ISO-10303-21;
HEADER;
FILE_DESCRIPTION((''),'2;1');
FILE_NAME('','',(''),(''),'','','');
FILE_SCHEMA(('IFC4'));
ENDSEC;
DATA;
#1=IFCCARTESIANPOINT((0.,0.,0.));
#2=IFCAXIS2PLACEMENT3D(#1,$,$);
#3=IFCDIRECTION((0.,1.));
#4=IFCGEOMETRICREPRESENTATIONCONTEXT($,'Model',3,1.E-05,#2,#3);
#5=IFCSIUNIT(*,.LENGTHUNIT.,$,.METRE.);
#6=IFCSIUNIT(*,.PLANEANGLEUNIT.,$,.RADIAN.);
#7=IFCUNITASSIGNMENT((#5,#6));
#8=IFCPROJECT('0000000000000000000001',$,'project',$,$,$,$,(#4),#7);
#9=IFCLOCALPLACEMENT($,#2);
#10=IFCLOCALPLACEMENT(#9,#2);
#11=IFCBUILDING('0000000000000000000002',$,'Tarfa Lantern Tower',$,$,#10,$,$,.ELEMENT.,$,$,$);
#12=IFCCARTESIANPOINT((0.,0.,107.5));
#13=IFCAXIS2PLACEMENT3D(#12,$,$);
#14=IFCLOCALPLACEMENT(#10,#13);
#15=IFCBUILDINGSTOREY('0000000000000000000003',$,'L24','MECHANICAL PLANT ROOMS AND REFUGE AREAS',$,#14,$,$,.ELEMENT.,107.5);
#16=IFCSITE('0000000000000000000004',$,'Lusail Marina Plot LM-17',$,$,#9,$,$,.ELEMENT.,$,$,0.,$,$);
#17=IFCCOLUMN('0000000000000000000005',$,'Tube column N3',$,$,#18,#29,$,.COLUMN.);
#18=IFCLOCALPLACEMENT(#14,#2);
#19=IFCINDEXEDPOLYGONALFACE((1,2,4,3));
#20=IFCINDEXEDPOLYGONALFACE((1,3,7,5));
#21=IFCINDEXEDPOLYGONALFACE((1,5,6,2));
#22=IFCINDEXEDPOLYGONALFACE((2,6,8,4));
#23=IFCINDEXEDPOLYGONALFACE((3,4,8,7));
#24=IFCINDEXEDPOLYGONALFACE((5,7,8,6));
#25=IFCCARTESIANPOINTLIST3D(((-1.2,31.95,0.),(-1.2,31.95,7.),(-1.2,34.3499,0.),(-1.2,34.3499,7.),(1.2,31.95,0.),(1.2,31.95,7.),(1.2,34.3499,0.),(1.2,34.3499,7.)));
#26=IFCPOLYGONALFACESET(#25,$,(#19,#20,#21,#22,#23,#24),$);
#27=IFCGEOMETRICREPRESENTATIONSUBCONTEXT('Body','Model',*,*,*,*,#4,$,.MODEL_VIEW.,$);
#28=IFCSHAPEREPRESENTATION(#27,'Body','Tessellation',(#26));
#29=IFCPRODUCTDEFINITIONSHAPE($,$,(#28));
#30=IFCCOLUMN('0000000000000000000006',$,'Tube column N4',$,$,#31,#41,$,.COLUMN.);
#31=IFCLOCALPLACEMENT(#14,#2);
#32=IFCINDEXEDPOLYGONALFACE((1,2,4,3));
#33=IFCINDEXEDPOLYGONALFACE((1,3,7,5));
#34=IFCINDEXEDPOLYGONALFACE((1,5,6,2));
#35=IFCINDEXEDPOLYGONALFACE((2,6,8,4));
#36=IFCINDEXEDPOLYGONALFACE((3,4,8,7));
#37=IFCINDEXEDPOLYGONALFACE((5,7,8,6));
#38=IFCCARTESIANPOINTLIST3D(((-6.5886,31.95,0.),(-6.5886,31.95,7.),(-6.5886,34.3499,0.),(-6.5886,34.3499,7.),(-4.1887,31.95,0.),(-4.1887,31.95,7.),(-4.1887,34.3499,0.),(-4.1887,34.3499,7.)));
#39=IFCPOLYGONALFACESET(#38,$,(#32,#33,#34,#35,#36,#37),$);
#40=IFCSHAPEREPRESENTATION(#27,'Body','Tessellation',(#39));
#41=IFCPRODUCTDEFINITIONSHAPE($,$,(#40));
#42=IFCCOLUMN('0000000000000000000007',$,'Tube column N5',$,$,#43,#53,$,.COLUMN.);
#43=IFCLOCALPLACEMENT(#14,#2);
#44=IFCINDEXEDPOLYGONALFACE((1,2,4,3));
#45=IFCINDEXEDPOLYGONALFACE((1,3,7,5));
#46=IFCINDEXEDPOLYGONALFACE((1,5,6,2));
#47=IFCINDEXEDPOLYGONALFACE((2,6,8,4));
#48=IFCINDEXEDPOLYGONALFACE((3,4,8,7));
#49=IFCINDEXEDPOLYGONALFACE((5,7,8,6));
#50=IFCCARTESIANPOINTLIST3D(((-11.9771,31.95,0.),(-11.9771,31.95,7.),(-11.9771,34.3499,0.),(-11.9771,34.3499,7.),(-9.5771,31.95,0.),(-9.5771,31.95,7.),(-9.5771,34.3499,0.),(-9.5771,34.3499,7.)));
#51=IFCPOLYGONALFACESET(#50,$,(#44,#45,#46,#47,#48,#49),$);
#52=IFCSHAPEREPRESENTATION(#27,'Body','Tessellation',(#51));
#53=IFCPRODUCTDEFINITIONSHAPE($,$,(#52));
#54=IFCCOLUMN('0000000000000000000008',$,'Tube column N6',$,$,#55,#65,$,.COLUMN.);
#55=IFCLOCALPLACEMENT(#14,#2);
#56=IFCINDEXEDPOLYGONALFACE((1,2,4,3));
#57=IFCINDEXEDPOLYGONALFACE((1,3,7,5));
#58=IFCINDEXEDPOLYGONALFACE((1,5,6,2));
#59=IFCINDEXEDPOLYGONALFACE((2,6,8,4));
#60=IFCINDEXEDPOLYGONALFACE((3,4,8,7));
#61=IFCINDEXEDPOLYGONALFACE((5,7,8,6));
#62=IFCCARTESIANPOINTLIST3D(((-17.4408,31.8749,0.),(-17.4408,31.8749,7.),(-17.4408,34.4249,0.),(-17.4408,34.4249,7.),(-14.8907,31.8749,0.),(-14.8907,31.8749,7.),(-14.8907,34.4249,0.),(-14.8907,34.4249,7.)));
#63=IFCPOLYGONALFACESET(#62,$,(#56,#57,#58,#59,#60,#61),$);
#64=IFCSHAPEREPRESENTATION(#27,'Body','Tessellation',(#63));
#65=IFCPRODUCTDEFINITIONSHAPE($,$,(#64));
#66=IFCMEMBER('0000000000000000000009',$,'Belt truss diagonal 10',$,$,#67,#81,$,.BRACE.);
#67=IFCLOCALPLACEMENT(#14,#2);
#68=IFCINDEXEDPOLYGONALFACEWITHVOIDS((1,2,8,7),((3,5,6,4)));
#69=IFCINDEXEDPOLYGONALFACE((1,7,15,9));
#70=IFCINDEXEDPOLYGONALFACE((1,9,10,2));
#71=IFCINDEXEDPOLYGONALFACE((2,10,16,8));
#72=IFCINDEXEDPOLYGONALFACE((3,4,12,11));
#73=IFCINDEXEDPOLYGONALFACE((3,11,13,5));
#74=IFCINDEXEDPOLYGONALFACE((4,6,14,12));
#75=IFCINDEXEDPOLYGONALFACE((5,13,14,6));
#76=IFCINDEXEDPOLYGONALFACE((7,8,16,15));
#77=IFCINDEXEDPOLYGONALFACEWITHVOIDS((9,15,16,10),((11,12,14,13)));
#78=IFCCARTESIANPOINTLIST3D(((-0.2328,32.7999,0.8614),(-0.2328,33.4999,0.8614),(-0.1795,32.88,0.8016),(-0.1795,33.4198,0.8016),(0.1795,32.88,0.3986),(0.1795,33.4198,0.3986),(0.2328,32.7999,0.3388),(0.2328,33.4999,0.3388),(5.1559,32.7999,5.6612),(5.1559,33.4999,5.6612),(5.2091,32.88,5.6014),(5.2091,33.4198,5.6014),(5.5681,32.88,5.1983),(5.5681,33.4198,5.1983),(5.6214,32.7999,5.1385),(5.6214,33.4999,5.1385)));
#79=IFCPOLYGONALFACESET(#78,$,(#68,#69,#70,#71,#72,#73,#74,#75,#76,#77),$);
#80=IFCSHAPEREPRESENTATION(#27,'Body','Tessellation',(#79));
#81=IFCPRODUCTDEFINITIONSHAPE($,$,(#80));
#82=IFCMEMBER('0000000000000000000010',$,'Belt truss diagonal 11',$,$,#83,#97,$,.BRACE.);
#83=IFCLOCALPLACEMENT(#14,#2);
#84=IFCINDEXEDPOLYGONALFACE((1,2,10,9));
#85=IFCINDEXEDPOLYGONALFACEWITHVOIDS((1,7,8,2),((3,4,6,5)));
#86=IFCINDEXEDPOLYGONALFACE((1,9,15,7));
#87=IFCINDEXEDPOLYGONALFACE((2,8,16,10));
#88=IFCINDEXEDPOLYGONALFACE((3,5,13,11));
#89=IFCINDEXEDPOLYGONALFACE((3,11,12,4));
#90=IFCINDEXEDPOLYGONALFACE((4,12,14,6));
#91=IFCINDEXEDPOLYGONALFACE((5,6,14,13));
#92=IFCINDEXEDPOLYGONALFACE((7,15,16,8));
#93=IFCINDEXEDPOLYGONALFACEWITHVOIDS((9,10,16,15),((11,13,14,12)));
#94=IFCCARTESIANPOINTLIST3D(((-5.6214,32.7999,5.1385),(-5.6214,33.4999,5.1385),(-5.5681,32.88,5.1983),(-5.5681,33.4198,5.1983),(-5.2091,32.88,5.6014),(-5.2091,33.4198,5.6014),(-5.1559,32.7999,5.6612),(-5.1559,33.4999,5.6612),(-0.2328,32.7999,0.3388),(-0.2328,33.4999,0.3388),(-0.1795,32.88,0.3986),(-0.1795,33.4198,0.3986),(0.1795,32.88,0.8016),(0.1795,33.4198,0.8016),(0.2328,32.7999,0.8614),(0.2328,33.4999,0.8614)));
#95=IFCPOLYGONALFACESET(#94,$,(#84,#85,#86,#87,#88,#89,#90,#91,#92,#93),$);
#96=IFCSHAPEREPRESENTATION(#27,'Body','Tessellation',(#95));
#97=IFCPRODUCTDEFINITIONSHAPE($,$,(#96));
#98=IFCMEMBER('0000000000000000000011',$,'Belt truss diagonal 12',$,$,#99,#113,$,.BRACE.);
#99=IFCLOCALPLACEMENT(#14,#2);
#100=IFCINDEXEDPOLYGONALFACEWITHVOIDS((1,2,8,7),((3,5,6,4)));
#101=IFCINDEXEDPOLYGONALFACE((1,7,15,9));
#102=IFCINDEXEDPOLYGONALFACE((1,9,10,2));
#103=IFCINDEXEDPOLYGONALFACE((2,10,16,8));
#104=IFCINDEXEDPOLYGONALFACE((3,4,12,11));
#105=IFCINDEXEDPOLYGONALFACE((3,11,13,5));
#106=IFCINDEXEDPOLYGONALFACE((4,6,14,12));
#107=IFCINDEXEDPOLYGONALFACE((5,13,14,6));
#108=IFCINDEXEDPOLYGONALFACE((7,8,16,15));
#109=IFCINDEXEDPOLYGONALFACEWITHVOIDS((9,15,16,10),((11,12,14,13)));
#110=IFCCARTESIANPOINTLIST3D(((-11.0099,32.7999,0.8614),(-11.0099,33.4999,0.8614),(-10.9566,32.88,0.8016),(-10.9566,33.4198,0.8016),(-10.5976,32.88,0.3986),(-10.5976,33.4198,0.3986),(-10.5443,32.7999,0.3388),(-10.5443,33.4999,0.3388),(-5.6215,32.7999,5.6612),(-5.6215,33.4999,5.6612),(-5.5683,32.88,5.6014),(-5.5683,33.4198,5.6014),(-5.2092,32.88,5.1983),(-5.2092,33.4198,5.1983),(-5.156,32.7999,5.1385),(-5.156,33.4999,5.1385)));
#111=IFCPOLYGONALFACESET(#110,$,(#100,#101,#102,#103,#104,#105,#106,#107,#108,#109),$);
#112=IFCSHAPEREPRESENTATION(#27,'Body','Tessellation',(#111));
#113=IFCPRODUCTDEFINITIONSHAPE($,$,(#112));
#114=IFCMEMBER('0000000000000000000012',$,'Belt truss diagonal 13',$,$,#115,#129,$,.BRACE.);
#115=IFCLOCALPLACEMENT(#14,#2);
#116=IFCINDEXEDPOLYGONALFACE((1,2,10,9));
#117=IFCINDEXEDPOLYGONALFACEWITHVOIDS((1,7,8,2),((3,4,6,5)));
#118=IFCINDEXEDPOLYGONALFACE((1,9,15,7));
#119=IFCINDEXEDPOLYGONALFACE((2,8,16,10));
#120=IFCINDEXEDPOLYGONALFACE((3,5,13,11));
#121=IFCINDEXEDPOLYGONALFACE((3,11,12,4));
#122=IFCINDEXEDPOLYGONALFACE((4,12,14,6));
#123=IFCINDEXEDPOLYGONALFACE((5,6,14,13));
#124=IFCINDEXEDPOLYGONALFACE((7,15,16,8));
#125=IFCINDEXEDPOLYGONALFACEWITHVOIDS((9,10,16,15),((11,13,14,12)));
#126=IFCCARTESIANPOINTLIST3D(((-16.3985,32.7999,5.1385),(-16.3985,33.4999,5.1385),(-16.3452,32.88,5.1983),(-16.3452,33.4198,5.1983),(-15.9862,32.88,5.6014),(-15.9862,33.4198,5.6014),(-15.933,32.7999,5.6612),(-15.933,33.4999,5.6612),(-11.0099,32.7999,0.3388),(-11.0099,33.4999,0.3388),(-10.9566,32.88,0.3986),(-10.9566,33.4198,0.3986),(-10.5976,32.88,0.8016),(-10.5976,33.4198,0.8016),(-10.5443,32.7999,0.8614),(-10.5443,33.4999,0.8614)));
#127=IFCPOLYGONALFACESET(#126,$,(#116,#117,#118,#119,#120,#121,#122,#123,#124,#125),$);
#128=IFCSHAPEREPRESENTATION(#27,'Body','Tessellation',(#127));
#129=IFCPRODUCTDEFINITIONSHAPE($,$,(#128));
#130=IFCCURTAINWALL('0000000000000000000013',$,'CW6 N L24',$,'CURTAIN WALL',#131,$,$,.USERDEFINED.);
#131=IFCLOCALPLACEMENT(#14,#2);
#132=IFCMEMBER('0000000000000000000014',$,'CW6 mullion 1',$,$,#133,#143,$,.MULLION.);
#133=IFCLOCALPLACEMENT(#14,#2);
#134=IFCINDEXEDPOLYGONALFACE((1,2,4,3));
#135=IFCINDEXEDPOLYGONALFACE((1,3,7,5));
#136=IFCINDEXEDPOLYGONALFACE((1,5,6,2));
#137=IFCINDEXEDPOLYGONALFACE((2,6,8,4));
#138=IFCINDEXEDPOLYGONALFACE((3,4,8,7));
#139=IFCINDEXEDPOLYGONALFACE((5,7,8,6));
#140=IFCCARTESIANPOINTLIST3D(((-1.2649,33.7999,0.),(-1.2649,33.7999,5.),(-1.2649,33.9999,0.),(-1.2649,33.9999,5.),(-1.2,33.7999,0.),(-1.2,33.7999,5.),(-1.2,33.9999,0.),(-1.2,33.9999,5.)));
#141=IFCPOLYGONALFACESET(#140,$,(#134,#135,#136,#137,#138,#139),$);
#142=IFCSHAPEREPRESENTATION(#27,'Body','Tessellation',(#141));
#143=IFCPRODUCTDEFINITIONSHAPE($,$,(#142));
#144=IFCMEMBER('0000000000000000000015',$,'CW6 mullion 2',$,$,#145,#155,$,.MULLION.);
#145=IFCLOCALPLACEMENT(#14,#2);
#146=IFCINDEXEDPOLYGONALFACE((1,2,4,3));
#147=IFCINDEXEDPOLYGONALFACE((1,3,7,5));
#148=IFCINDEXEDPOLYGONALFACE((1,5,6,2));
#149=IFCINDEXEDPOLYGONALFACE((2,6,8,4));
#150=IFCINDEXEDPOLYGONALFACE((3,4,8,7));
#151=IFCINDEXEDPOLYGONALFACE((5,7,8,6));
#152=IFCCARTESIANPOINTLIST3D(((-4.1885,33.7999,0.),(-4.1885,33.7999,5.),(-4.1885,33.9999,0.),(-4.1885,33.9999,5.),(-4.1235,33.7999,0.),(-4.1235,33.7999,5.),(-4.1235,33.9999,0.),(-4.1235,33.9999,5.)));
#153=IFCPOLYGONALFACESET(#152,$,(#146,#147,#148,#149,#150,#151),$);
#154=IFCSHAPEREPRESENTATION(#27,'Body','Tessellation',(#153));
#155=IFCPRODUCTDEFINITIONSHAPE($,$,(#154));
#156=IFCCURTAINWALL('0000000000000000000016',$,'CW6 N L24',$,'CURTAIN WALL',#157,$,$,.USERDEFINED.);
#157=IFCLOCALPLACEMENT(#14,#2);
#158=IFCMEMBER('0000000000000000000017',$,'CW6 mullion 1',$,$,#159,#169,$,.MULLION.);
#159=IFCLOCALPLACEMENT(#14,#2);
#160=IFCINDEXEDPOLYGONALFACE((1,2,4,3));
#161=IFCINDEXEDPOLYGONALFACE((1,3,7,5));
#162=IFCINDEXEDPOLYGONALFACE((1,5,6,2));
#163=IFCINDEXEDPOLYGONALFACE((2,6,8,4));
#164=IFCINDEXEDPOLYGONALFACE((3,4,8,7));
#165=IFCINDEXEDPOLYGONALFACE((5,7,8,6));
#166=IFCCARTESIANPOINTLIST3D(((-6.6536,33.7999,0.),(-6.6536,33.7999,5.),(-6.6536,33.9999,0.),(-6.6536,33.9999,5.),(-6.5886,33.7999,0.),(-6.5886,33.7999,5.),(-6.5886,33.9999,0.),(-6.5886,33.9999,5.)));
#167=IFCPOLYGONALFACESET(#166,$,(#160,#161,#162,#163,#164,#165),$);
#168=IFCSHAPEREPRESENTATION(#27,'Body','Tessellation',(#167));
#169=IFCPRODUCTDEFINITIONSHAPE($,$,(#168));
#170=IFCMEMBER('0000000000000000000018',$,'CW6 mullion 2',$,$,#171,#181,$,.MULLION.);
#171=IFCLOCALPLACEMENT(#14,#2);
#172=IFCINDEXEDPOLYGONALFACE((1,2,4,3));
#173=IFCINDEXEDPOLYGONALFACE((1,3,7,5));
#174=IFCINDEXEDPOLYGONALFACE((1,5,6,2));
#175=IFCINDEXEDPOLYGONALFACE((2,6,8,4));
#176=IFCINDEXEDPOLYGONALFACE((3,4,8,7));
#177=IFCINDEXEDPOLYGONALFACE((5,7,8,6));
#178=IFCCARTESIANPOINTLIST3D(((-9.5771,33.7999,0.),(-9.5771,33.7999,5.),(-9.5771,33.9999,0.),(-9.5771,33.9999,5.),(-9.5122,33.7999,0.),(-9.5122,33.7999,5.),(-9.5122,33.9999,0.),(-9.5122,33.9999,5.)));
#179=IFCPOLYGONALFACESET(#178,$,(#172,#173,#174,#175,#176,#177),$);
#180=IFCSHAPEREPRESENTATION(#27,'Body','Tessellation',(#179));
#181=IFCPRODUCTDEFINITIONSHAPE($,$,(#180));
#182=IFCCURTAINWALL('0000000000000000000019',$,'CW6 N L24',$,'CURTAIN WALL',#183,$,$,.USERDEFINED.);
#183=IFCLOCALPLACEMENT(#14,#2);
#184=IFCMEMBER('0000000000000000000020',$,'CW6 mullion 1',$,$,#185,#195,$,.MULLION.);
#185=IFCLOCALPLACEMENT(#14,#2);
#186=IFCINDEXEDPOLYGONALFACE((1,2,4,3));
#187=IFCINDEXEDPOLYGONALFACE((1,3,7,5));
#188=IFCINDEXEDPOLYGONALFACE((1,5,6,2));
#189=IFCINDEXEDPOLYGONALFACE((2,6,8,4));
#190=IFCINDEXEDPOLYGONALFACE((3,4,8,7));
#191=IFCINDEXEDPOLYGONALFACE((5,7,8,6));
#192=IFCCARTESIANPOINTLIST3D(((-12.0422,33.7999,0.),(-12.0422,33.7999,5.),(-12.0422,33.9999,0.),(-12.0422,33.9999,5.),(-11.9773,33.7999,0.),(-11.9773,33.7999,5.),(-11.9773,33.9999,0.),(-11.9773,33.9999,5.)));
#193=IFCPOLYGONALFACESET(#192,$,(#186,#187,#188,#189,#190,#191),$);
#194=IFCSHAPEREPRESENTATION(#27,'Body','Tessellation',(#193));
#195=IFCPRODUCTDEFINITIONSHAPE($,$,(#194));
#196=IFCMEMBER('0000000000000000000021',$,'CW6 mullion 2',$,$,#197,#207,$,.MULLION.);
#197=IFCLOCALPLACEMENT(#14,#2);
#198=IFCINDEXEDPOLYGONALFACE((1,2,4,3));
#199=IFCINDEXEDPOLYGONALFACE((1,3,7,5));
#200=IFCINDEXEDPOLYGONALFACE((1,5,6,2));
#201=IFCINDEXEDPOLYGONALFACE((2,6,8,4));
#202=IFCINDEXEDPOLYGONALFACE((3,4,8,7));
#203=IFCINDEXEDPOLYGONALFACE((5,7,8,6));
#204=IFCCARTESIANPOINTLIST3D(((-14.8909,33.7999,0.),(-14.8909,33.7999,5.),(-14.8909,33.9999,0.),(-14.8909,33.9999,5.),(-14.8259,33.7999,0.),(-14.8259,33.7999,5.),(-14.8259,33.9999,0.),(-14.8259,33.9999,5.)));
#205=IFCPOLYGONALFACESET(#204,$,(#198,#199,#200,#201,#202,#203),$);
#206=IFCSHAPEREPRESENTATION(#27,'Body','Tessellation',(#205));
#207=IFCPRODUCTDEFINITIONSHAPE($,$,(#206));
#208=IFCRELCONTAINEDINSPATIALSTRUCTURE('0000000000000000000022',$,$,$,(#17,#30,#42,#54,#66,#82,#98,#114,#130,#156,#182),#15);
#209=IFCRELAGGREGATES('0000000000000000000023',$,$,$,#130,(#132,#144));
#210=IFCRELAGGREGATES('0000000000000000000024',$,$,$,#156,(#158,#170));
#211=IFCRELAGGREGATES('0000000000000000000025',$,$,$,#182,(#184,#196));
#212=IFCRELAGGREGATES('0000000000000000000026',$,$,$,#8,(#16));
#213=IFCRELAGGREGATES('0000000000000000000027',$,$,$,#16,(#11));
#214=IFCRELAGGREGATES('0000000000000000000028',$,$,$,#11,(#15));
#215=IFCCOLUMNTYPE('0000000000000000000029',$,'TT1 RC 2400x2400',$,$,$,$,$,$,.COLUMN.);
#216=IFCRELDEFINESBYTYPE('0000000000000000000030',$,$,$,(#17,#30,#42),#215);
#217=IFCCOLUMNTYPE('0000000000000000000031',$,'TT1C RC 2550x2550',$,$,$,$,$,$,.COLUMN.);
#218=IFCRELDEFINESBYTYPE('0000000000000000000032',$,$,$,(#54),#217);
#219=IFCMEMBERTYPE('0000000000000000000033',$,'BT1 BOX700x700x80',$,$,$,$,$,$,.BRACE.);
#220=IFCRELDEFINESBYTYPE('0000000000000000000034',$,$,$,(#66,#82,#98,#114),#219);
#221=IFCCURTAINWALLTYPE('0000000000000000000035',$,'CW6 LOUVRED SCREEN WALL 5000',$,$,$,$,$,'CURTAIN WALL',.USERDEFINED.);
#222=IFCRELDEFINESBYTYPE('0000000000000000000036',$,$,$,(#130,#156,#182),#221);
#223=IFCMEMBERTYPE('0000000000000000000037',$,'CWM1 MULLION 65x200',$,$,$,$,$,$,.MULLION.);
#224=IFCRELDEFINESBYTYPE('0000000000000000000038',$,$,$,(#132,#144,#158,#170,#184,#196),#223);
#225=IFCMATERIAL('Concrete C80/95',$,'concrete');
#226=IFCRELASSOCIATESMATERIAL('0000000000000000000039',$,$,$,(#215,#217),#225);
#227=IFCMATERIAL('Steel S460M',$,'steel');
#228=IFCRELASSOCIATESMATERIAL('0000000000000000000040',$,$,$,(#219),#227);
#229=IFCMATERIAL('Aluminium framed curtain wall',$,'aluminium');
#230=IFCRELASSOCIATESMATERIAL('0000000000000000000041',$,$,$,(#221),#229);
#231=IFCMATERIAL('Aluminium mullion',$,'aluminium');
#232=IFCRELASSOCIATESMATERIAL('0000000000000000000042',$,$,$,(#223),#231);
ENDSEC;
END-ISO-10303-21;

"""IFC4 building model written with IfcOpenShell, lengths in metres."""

from ifc_helpers import new_model, si_unit, direction, frame, origin, origin_2d, place, context, subcontext, project, spatial, rectangle, hollow_rectangle, extrude, material, material_profile, profile_set, type_object, element, aggregate, save


model = new_model("IFC4")

# Units and contexts
model_context = context("Model", 3, precision=1e-05, world=origin(), true_north=direction((0.0, 1.0)))
body_context = subcontext(model_context, "Body", "Model", "MODEL_VIEW")
ifc_project = project(units=[si_unit("LENGTHUNIT", "METRE"), si_unit("PLANEANGLEUNIT", "RADIAN")], contexts=[model_context])

# Site, building, storey
site_placement = place(None, origin())
site = spatial("IfcSite", under=ifc_project, at=site_placement, Name="Lusail Marina Plot LM-17", CompositionType="ELEMENT", RefElevation=0.0)
building_placement = place(site_placement, origin())
building = spatial("IfcBuilding", under=site, at=building_placement, Name="Tarfa Lantern Tower", CompositionType="ELEMENT")
storey_placement = place(building_placement, frame((0.0, 0.0, 107.5)))
storey = spatial("IfcBuildingStorey", under=building, at=storey_placement, Name="L24", Description="MECHANICAL PLANT ROOMS AND REFUGE AREAS", CompositionType="ELEMENT", Elevation=107.5)

# Columns
ifc_material_1 = material(Name="Concrete C80/95", Category="concrete")
ifc_material_profile_1 = material_profile(ifc_material_1, rectangle(XDim=2.3999, YDim=2.3999, at=origin_2d()), Name="RC 2400x2400")
ifc_profile_set_1 = profile_set([ifc_material_profile_1], Name="Concrete C80/95")
column_type_1 = type_object("IfcColumnType", Name="TT1 RC 2400x2400", PredefinedType="COLUMN", material=ifc_profile_set_1)
for number, where, z_axis, x_axis, name in (
    (1, (0.0, 33.1499, 0.0), (0.0, 0.0, 1.0), (-1.0, 0.0, 0.0), "Tube column N3"),
    (2, (-5.3887, 33.1499, 0.0), (0.0, 0.0, 1.0), (-1.0, 0.0, 0.0), "Tube column N4"),
    (3, (-10.7771, 33.1499, 0.0), (0.0, 0.0, 1.0), (-1.0, 0.0, 0.0), "Tube column N5"),
):
    element("IfcColumn", number, at=place(storey_placement, frame(where, z_axis=z_axis, x_axis=x_axis)), inside=storey, type_object=column_type_1, Name=name, PredefinedType="COLUMN", context=body_context, shape_type="SweptSolid", body=[
        extrude(rectangle(XDim=2.3999, YDim=2.3999, at=origin_2d()), origin(), (0.0, 0.0, 1.0), 7.0),
    ])
ifc_material_profile_2 = material_profile(ifc_material_1, rectangle(XDim=2.55, YDim=2.55, at=origin_2d()), Name="RC 2550x2550")
ifc_profile_set_2 = profile_set([ifc_material_profile_2], Name="Concrete C80/95")
column_type_2 = type_object("IfcColumnType", Name="TT1C RC 2550x2550", PredefinedType="COLUMN", material=ifc_profile_set_2)
column_placement = place(storey_placement, frame((-16.1658, 33.1499, 0.0), z_axis=(0.0, 0.0, 1.0), x_axis=(-1.0, 0.0, 0.0)))
element("IfcColumn", 4, at=column_placement, inside=storey, type_object=column_type_2, Name="Tube column N6", PredefinedType="COLUMN", context=body_context, shape_type="SweptSolid", body=[
    extrude(rectangle(XDim=2.55, YDim=2.55, at=origin_2d()), origin(), (0.0, 0.0, 1.0), 7.0),
])

# Members
ifc_material_2 = material(Name="Steel S460M", Category="steel")
ifc_material_profile_3 = material_profile(ifc_material_2, hollow_rectangle(XDim=0.7, YDim=0.7, WallThickness=0.0801, at=origin_2d()), Name="BOX700x700x80")
ifc_profile_set_3 = profile_set([ifc_material_profile_3], Name="Steel S460M")
member_type_1 = type_object("IfcMemberType", Name="BT1 BOX700x700x80", PredefinedType="BRACE", material=ifc_profile_set_3)
for number, where, z_axis, x_axis, name in (
    (5, (0.0, 33.1499, 0.6001), (0.746729, 0.0, 0.665128), (0.0, 1.0, 0.0), "Belt truss diagonal 10"),
    (6, (0.0, 33.1499, 0.6001), (-0.746729, 0.0, 0.665128), (0.0, -1.0, 0.0), "Belt truss diagonal 11"),
):
    element("IfcMember", number, at=place(storey_placement, frame(where, z_axis=z_axis, x_axis=x_axis)), inside=storey, type_object=member_type_1, Name=name, PredefinedType="BRACE", context=body_context, shape_type="SweptSolid", body=[
        extrude(hollow_rectangle(XDim=0.7, YDim=0.7, WallThickness=0.0801, at=origin_2d()), origin(), (0.0, 0.0, 1.0), 7.2163),
    ])
member_1_placement = place(storey_placement, frame((-10.7771, 33.1499, 0.6001), z_axis=(0.746715, 0.0, 0.665145), x_axis=(0.0, 1.0, 0.0)))
element("IfcMember", 7, at=member_1_placement, inside=storey, type_object=member_type_1, Name="Belt truss diagonal 12", PredefinedType="BRACE", context=body_context, shape_type="SweptSolid", body=[
    extrude(hollow_rectangle(XDim=0.7, YDim=0.7, WallThickness=0.0801, at=origin_2d()), origin(), (0.0, 0.0, 1.0), 7.2161),
])
member_2_placement = place(storey_placement, frame((-10.7771, 33.1499, 0.6001), z_axis=(-0.746729, 0.0, 0.665128), x_axis=(0.0, -1.0, 0.0)))
element("IfcMember", 8, at=member_2_placement, inside=storey, type_object=member_type_1, Name="Belt truss diagonal 13", PredefinedType="BRACE", context=body_context, shape_type="SweptSolid", body=[
    extrude(hollow_rectangle(XDim=0.7, YDim=0.7, WallThickness=0.0801, at=origin_2d()), origin(), (0.0, 0.0, 1.0), 7.2163),
])

# Curtain walls, members
ifc_material_3 = material(Name="Aluminium framed curtain wall", Category="aluminium")
curtain_wall_type = type_object("IfcCurtainWallType", Name="CW6 LOUVRED SCREEN WALL 5000", ElementType="CURTAIN WALL", PredefinedType="USERDEFINED", material=ifc_material_3)
curtain_wall_1_placement = place(storey_placement, origin())
curtain_wall_1 = element("IfcCurtainWall", 9, at=curtain_wall_1_placement, inside=storey, type_object=curtain_wall_type, Name="CW6 N L24", ObjectType="CURTAIN WALL", PredefinedType="USERDEFINED")
ifc_material_4 = material(Name="Aluminium mullion", Category="aluminium")
ifc_material_profile_4 = material_profile(ifc_material_4, rectangle(XDim=0.0649, YDim=0.2, at=origin_2d()), Name="AL MULLION 65x200")
ifc_profile_set_4 = profile_set([ifc_material_profile_4], Name="Aluminium mullion")
member_type_2 = type_object("IfcMemberType", Name="CWM1 MULLION 65x200", PredefinedType="MULLION", material=ifc_profile_set_4)
member_3_placement = place(storey_placement, frame((-1.2324, 33.8999, 0.0), z_axis=(0.0, 0.0, 1.0), x_axis=(1.0, 0.0, 0.0)))
member_3 = element("IfcMember", 10, at=member_3_placement, type_object=member_type_2, Name="CW6 mullion 1", PredefinedType="MULLION", context=body_context, shape_type="SweptSolid", body=[
    extrude(rectangle(XDim=0.0649, YDim=0.2, at=origin_2d()), origin(), (0.0, 0.0, 1.0), 5.0),
])
member_4_placement = place(storey_placement, frame((-4.156, 33.8999, 0.0), z_axis=(0.0, 0.0, 1.0), x_axis=(1.0, 0.0, 0.0)))
member_4 = element("IfcMember", 11, at=member_4_placement, type_object=member_type_2, Name="CW6 mullion 2", PredefinedType="MULLION", context=body_context, shape_type="SweptSolid", body=[
    extrude(rectangle(XDim=0.0649, YDim=0.2, at=origin_2d()), origin(), (0.0, 0.0, 1.0), 5.0),
])
curtain_wall_2_placement = place(storey_placement, origin())
curtain_wall_2 = element("IfcCurtainWall", 12, at=curtain_wall_2_placement, inside=storey, type_object=curtain_wall_type, Name="CW6 N L24", ObjectType="CURTAIN WALL", PredefinedType="USERDEFINED")
member_5_placement = place(storey_placement, frame((-6.6211, 33.8999, 0.0), z_axis=(0.0, 0.0, 1.0), x_axis=(1.0, 0.0, 0.0)))
member_5 = element("IfcMember", 13, at=member_5_placement, type_object=member_type_2, Name="CW6 mullion 1", PredefinedType="MULLION", context=body_context, shape_type="SweptSolid", body=[
    extrude(rectangle(XDim=0.0649, YDim=0.2, at=origin_2d()), origin(), (0.0, 0.0, 1.0), 5.0),
])
member_6_placement = place(storey_placement, frame((-9.5447, 33.8999, 0.0), z_axis=(0.0, 0.0, 1.0), x_axis=(1.0, 0.0, 0.0)))
member_6 = element("IfcMember", 14, at=member_6_placement, type_object=member_type_2, Name="CW6 mullion 2", PredefinedType="MULLION", context=body_context, shape_type="SweptSolid", body=[
    extrude(rectangle(XDim=0.0649, YDim=0.2, at=origin_2d()), origin(), (0.0, 0.0, 1.0), 5.0),
])
curtain_wall_3_placement = place(storey_placement, origin())
curtain_wall_3 = element("IfcCurtainWall", 15, at=curtain_wall_3_placement, inside=storey, type_object=curtain_wall_type, Name="CW6 N L24", ObjectType="CURTAIN WALL", PredefinedType="USERDEFINED")
member_7_placement = place(storey_placement, frame((-12.0098, 33.8999, 0.0), z_axis=(0.0, 0.0, 1.0), x_axis=(1.0, 0.0, 0.0)))
member_7 = element("IfcMember", 16, at=member_7_placement, type_object=member_type_2, Name="CW6 mullion 1", PredefinedType="MULLION", context=body_context, shape_type="SweptSolid", body=[
    extrude(rectangle(XDim=0.0649, YDim=0.2, at=origin_2d()), origin(), (0.0, 0.0, 1.0), 5.0),
])
member_8_placement = place(storey_placement, frame((-14.8584, 33.8999, 0.0), z_axis=(0.0, 0.0, 1.0), x_axis=(1.0, 0.0, 0.0)))
member_8 = element("IfcMember", 17, at=member_8_placement, type_object=member_type_2, Name="CW6 mullion 2", PredefinedType="MULLION", context=body_context, shape_type="SweptSolid", body=[
    extrude(rectangle(XDim=0.0649, YDim=0.2, at=origin_2d()), origin(), (0.0, 0.0, 1.0), 5.0),
])

aggregate(curtain_wall_1, [member_3, member_4])
aggregate(curtain_wall_2, [member_5, member_6])
aggregate(curtain_wall_3, [member_7, member_8])

save(model, "model.ifc")
